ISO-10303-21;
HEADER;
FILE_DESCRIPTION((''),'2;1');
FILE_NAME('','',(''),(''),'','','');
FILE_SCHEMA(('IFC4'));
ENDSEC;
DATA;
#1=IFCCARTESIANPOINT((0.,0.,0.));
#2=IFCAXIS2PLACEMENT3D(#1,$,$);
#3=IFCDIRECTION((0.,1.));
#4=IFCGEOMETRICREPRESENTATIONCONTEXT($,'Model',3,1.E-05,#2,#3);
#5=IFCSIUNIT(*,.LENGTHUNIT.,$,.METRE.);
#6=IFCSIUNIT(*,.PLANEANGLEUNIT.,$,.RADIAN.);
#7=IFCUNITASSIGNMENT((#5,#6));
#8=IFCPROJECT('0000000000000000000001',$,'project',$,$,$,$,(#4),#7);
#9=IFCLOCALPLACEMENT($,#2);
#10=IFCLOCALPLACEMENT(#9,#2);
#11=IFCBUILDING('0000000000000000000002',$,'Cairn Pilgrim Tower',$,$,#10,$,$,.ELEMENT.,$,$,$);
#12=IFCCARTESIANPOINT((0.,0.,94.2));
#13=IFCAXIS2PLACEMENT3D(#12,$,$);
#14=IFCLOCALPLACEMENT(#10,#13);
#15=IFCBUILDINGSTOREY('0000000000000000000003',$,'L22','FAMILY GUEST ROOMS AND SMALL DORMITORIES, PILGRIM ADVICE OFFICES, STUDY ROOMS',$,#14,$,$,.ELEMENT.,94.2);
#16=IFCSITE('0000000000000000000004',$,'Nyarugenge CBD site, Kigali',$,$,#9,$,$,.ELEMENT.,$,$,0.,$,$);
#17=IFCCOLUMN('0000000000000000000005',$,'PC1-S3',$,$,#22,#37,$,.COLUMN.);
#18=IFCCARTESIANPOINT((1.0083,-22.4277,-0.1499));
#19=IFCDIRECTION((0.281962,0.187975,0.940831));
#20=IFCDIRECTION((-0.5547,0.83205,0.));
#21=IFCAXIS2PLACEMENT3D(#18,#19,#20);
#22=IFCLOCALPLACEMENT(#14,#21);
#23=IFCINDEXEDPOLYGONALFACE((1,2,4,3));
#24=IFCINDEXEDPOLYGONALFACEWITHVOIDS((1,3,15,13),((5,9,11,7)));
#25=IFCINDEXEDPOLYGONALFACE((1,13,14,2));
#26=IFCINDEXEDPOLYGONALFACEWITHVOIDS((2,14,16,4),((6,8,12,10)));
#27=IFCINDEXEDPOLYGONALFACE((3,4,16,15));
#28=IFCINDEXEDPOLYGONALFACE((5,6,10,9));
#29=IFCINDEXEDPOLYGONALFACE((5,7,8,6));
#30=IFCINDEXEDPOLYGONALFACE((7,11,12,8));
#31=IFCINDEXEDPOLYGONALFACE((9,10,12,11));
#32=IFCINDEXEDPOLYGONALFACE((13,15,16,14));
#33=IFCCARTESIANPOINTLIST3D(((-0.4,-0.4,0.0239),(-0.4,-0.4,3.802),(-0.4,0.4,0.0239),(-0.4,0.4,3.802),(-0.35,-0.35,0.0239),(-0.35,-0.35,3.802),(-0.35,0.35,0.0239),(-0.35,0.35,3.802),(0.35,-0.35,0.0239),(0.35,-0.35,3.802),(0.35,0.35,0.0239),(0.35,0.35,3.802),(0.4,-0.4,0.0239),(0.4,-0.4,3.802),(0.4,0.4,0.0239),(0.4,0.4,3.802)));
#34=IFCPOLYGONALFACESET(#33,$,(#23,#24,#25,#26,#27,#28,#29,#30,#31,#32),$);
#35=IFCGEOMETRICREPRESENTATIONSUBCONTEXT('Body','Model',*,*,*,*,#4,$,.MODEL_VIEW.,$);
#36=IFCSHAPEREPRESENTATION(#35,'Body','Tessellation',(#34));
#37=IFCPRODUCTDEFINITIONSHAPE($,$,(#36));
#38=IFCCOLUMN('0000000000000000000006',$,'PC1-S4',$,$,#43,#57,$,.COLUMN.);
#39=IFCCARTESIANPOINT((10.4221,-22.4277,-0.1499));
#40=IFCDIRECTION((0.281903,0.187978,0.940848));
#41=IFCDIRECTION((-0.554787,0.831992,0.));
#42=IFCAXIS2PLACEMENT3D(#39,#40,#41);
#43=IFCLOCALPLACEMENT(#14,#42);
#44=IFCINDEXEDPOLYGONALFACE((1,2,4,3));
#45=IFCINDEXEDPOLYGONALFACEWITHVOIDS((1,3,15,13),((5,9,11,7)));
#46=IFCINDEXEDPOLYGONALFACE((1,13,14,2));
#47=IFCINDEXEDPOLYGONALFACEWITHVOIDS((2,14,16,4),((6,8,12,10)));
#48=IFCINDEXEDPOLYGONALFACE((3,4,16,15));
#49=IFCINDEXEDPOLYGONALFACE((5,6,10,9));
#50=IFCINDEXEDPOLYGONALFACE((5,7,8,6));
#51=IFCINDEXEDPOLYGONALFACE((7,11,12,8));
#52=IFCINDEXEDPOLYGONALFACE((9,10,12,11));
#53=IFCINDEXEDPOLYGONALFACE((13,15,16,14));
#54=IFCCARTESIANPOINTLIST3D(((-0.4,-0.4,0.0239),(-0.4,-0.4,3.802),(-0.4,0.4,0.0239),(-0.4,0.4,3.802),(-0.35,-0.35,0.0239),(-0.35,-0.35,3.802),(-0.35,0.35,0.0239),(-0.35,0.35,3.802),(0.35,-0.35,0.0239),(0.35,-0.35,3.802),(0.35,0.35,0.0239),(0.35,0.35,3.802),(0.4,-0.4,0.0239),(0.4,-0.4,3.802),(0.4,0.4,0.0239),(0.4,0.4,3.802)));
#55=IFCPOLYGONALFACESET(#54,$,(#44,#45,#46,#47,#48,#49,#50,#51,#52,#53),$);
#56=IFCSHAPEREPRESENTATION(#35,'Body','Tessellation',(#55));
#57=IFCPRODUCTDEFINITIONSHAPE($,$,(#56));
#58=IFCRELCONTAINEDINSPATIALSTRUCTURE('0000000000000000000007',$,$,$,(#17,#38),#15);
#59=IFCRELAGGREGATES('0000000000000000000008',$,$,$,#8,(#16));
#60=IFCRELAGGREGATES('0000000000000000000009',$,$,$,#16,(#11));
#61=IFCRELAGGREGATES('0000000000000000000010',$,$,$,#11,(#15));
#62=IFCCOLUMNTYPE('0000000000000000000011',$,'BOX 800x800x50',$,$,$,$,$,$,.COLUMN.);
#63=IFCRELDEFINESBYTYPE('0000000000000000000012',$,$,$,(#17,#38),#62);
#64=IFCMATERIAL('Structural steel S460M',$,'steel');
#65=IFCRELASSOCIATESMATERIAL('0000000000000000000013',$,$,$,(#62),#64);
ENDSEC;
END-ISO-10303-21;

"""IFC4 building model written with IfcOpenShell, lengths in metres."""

from ifc_helpers import new_model, si_unit, direction, frame, origin, origin_2d, place, context, subcontext, project, spatial, hollow_rectangle, extrude, clip, halfspace, material, material_profile, profile_set, type_object, element, save


model = new_model("IFC4")

# Units and contexts
model_context = context("Model", 3, precision=1e-05, world=origin(), true_north=direction((0.0, 1.0)))
body_context = subcontext(model_context, "Body", "Model", "MODEL_VIEW")
ifc_project = project(units=[si_unit("LENGTHUNIT", "METRE"), si_unit("PLANEANGLEUNIT", "RADIAN")], contexts=[model_context])

# Site, building, storey
site_placement = place(None, origin())
site = spatial("IfcSite", under=ifc_project, at=site_placement, Name="Nyarugenge CBD site, Kigali", CompositionType="ELEMENT", RefElevation=0.0)
building_placement = place(site_placement, origin())
building = spatial("IfcBuilding", under=site, at=building_placement, Name="Cairn Pilgrim Tower", CompositionType="ELEMENT")
storey_placement = place(building_placement, frame((0.0, 0.0, 94.2)))
storey = spatial("IfcBuildingStorey", under=building, at=storey_placement, Name="L22", Description="FAMILY GUEST ROOMS AND SMALL DORMITORIES, PILGRIM ADVICE OFFICES, STUDY ROOMS", CompositionType="ELEMENT", Elevation=94.2)

# Columns
ifc_material_1 = material(Name="Structural steel S460M", Category="steel")
ifc_material_profile_1 = material_profile(ifc_material_1, hollow_rectangle(XDim=0.8, YDim=0.8, WallThickness=0.05, at=origin_2d()), Name="BOX 800x800x50")
ifc_profile_set_1 = profile_set([ifc_material_profile_1], Name="Structural steel S460M")
column_type = type_object("IfcColumnType", Name="BOX 800x800x50", PredefinedType="COLUMN", material=ifc_profile_set_1)
for number, where, z_axis, x_axis, name in (
    (1, (1.0083, -22.4277, -0.1499), (0.281962, 0.187975, 0.940831), (-0.5547, 0.83205, 0.0), "PC1-S3"),
    (2, (10.4221, -22.4277, -0.1499), (0.281903, 0.187978, 0.940848), (-0.554787, 0.831992, 0.0), "PC1-S4"),
):
    element("IfcColumn", number, at=place(storey_placement, frame(where, z_axis=z_axis, x_axis=x_axis)), inside=storey, type_object=column_type, Name=name, PredefinedType="COLUMN", context=body_context, shape_type="Clipping", body=[
        clip(clip(extrude(hollow_rectangle(XDim=0.8, YDim=0.8, WallThickness=0.05, at=origin_2d()), origin(), (0.0, 0.0, 1.0), 3.8262), halfspace(frame((0.0, 0.0, 0.0239), z_axis=(0.0, 0.0, 1.0), x_axis=(1.0, 0.0, 0.0)), True)), halfspace(frame((0.0, 0.0, 3.802), z_axis=(0.0, 0.0, 1.0), x_axis=(1.0, 0.0, 0.0)), False)),
    ])

save(model, "model.ifc")
